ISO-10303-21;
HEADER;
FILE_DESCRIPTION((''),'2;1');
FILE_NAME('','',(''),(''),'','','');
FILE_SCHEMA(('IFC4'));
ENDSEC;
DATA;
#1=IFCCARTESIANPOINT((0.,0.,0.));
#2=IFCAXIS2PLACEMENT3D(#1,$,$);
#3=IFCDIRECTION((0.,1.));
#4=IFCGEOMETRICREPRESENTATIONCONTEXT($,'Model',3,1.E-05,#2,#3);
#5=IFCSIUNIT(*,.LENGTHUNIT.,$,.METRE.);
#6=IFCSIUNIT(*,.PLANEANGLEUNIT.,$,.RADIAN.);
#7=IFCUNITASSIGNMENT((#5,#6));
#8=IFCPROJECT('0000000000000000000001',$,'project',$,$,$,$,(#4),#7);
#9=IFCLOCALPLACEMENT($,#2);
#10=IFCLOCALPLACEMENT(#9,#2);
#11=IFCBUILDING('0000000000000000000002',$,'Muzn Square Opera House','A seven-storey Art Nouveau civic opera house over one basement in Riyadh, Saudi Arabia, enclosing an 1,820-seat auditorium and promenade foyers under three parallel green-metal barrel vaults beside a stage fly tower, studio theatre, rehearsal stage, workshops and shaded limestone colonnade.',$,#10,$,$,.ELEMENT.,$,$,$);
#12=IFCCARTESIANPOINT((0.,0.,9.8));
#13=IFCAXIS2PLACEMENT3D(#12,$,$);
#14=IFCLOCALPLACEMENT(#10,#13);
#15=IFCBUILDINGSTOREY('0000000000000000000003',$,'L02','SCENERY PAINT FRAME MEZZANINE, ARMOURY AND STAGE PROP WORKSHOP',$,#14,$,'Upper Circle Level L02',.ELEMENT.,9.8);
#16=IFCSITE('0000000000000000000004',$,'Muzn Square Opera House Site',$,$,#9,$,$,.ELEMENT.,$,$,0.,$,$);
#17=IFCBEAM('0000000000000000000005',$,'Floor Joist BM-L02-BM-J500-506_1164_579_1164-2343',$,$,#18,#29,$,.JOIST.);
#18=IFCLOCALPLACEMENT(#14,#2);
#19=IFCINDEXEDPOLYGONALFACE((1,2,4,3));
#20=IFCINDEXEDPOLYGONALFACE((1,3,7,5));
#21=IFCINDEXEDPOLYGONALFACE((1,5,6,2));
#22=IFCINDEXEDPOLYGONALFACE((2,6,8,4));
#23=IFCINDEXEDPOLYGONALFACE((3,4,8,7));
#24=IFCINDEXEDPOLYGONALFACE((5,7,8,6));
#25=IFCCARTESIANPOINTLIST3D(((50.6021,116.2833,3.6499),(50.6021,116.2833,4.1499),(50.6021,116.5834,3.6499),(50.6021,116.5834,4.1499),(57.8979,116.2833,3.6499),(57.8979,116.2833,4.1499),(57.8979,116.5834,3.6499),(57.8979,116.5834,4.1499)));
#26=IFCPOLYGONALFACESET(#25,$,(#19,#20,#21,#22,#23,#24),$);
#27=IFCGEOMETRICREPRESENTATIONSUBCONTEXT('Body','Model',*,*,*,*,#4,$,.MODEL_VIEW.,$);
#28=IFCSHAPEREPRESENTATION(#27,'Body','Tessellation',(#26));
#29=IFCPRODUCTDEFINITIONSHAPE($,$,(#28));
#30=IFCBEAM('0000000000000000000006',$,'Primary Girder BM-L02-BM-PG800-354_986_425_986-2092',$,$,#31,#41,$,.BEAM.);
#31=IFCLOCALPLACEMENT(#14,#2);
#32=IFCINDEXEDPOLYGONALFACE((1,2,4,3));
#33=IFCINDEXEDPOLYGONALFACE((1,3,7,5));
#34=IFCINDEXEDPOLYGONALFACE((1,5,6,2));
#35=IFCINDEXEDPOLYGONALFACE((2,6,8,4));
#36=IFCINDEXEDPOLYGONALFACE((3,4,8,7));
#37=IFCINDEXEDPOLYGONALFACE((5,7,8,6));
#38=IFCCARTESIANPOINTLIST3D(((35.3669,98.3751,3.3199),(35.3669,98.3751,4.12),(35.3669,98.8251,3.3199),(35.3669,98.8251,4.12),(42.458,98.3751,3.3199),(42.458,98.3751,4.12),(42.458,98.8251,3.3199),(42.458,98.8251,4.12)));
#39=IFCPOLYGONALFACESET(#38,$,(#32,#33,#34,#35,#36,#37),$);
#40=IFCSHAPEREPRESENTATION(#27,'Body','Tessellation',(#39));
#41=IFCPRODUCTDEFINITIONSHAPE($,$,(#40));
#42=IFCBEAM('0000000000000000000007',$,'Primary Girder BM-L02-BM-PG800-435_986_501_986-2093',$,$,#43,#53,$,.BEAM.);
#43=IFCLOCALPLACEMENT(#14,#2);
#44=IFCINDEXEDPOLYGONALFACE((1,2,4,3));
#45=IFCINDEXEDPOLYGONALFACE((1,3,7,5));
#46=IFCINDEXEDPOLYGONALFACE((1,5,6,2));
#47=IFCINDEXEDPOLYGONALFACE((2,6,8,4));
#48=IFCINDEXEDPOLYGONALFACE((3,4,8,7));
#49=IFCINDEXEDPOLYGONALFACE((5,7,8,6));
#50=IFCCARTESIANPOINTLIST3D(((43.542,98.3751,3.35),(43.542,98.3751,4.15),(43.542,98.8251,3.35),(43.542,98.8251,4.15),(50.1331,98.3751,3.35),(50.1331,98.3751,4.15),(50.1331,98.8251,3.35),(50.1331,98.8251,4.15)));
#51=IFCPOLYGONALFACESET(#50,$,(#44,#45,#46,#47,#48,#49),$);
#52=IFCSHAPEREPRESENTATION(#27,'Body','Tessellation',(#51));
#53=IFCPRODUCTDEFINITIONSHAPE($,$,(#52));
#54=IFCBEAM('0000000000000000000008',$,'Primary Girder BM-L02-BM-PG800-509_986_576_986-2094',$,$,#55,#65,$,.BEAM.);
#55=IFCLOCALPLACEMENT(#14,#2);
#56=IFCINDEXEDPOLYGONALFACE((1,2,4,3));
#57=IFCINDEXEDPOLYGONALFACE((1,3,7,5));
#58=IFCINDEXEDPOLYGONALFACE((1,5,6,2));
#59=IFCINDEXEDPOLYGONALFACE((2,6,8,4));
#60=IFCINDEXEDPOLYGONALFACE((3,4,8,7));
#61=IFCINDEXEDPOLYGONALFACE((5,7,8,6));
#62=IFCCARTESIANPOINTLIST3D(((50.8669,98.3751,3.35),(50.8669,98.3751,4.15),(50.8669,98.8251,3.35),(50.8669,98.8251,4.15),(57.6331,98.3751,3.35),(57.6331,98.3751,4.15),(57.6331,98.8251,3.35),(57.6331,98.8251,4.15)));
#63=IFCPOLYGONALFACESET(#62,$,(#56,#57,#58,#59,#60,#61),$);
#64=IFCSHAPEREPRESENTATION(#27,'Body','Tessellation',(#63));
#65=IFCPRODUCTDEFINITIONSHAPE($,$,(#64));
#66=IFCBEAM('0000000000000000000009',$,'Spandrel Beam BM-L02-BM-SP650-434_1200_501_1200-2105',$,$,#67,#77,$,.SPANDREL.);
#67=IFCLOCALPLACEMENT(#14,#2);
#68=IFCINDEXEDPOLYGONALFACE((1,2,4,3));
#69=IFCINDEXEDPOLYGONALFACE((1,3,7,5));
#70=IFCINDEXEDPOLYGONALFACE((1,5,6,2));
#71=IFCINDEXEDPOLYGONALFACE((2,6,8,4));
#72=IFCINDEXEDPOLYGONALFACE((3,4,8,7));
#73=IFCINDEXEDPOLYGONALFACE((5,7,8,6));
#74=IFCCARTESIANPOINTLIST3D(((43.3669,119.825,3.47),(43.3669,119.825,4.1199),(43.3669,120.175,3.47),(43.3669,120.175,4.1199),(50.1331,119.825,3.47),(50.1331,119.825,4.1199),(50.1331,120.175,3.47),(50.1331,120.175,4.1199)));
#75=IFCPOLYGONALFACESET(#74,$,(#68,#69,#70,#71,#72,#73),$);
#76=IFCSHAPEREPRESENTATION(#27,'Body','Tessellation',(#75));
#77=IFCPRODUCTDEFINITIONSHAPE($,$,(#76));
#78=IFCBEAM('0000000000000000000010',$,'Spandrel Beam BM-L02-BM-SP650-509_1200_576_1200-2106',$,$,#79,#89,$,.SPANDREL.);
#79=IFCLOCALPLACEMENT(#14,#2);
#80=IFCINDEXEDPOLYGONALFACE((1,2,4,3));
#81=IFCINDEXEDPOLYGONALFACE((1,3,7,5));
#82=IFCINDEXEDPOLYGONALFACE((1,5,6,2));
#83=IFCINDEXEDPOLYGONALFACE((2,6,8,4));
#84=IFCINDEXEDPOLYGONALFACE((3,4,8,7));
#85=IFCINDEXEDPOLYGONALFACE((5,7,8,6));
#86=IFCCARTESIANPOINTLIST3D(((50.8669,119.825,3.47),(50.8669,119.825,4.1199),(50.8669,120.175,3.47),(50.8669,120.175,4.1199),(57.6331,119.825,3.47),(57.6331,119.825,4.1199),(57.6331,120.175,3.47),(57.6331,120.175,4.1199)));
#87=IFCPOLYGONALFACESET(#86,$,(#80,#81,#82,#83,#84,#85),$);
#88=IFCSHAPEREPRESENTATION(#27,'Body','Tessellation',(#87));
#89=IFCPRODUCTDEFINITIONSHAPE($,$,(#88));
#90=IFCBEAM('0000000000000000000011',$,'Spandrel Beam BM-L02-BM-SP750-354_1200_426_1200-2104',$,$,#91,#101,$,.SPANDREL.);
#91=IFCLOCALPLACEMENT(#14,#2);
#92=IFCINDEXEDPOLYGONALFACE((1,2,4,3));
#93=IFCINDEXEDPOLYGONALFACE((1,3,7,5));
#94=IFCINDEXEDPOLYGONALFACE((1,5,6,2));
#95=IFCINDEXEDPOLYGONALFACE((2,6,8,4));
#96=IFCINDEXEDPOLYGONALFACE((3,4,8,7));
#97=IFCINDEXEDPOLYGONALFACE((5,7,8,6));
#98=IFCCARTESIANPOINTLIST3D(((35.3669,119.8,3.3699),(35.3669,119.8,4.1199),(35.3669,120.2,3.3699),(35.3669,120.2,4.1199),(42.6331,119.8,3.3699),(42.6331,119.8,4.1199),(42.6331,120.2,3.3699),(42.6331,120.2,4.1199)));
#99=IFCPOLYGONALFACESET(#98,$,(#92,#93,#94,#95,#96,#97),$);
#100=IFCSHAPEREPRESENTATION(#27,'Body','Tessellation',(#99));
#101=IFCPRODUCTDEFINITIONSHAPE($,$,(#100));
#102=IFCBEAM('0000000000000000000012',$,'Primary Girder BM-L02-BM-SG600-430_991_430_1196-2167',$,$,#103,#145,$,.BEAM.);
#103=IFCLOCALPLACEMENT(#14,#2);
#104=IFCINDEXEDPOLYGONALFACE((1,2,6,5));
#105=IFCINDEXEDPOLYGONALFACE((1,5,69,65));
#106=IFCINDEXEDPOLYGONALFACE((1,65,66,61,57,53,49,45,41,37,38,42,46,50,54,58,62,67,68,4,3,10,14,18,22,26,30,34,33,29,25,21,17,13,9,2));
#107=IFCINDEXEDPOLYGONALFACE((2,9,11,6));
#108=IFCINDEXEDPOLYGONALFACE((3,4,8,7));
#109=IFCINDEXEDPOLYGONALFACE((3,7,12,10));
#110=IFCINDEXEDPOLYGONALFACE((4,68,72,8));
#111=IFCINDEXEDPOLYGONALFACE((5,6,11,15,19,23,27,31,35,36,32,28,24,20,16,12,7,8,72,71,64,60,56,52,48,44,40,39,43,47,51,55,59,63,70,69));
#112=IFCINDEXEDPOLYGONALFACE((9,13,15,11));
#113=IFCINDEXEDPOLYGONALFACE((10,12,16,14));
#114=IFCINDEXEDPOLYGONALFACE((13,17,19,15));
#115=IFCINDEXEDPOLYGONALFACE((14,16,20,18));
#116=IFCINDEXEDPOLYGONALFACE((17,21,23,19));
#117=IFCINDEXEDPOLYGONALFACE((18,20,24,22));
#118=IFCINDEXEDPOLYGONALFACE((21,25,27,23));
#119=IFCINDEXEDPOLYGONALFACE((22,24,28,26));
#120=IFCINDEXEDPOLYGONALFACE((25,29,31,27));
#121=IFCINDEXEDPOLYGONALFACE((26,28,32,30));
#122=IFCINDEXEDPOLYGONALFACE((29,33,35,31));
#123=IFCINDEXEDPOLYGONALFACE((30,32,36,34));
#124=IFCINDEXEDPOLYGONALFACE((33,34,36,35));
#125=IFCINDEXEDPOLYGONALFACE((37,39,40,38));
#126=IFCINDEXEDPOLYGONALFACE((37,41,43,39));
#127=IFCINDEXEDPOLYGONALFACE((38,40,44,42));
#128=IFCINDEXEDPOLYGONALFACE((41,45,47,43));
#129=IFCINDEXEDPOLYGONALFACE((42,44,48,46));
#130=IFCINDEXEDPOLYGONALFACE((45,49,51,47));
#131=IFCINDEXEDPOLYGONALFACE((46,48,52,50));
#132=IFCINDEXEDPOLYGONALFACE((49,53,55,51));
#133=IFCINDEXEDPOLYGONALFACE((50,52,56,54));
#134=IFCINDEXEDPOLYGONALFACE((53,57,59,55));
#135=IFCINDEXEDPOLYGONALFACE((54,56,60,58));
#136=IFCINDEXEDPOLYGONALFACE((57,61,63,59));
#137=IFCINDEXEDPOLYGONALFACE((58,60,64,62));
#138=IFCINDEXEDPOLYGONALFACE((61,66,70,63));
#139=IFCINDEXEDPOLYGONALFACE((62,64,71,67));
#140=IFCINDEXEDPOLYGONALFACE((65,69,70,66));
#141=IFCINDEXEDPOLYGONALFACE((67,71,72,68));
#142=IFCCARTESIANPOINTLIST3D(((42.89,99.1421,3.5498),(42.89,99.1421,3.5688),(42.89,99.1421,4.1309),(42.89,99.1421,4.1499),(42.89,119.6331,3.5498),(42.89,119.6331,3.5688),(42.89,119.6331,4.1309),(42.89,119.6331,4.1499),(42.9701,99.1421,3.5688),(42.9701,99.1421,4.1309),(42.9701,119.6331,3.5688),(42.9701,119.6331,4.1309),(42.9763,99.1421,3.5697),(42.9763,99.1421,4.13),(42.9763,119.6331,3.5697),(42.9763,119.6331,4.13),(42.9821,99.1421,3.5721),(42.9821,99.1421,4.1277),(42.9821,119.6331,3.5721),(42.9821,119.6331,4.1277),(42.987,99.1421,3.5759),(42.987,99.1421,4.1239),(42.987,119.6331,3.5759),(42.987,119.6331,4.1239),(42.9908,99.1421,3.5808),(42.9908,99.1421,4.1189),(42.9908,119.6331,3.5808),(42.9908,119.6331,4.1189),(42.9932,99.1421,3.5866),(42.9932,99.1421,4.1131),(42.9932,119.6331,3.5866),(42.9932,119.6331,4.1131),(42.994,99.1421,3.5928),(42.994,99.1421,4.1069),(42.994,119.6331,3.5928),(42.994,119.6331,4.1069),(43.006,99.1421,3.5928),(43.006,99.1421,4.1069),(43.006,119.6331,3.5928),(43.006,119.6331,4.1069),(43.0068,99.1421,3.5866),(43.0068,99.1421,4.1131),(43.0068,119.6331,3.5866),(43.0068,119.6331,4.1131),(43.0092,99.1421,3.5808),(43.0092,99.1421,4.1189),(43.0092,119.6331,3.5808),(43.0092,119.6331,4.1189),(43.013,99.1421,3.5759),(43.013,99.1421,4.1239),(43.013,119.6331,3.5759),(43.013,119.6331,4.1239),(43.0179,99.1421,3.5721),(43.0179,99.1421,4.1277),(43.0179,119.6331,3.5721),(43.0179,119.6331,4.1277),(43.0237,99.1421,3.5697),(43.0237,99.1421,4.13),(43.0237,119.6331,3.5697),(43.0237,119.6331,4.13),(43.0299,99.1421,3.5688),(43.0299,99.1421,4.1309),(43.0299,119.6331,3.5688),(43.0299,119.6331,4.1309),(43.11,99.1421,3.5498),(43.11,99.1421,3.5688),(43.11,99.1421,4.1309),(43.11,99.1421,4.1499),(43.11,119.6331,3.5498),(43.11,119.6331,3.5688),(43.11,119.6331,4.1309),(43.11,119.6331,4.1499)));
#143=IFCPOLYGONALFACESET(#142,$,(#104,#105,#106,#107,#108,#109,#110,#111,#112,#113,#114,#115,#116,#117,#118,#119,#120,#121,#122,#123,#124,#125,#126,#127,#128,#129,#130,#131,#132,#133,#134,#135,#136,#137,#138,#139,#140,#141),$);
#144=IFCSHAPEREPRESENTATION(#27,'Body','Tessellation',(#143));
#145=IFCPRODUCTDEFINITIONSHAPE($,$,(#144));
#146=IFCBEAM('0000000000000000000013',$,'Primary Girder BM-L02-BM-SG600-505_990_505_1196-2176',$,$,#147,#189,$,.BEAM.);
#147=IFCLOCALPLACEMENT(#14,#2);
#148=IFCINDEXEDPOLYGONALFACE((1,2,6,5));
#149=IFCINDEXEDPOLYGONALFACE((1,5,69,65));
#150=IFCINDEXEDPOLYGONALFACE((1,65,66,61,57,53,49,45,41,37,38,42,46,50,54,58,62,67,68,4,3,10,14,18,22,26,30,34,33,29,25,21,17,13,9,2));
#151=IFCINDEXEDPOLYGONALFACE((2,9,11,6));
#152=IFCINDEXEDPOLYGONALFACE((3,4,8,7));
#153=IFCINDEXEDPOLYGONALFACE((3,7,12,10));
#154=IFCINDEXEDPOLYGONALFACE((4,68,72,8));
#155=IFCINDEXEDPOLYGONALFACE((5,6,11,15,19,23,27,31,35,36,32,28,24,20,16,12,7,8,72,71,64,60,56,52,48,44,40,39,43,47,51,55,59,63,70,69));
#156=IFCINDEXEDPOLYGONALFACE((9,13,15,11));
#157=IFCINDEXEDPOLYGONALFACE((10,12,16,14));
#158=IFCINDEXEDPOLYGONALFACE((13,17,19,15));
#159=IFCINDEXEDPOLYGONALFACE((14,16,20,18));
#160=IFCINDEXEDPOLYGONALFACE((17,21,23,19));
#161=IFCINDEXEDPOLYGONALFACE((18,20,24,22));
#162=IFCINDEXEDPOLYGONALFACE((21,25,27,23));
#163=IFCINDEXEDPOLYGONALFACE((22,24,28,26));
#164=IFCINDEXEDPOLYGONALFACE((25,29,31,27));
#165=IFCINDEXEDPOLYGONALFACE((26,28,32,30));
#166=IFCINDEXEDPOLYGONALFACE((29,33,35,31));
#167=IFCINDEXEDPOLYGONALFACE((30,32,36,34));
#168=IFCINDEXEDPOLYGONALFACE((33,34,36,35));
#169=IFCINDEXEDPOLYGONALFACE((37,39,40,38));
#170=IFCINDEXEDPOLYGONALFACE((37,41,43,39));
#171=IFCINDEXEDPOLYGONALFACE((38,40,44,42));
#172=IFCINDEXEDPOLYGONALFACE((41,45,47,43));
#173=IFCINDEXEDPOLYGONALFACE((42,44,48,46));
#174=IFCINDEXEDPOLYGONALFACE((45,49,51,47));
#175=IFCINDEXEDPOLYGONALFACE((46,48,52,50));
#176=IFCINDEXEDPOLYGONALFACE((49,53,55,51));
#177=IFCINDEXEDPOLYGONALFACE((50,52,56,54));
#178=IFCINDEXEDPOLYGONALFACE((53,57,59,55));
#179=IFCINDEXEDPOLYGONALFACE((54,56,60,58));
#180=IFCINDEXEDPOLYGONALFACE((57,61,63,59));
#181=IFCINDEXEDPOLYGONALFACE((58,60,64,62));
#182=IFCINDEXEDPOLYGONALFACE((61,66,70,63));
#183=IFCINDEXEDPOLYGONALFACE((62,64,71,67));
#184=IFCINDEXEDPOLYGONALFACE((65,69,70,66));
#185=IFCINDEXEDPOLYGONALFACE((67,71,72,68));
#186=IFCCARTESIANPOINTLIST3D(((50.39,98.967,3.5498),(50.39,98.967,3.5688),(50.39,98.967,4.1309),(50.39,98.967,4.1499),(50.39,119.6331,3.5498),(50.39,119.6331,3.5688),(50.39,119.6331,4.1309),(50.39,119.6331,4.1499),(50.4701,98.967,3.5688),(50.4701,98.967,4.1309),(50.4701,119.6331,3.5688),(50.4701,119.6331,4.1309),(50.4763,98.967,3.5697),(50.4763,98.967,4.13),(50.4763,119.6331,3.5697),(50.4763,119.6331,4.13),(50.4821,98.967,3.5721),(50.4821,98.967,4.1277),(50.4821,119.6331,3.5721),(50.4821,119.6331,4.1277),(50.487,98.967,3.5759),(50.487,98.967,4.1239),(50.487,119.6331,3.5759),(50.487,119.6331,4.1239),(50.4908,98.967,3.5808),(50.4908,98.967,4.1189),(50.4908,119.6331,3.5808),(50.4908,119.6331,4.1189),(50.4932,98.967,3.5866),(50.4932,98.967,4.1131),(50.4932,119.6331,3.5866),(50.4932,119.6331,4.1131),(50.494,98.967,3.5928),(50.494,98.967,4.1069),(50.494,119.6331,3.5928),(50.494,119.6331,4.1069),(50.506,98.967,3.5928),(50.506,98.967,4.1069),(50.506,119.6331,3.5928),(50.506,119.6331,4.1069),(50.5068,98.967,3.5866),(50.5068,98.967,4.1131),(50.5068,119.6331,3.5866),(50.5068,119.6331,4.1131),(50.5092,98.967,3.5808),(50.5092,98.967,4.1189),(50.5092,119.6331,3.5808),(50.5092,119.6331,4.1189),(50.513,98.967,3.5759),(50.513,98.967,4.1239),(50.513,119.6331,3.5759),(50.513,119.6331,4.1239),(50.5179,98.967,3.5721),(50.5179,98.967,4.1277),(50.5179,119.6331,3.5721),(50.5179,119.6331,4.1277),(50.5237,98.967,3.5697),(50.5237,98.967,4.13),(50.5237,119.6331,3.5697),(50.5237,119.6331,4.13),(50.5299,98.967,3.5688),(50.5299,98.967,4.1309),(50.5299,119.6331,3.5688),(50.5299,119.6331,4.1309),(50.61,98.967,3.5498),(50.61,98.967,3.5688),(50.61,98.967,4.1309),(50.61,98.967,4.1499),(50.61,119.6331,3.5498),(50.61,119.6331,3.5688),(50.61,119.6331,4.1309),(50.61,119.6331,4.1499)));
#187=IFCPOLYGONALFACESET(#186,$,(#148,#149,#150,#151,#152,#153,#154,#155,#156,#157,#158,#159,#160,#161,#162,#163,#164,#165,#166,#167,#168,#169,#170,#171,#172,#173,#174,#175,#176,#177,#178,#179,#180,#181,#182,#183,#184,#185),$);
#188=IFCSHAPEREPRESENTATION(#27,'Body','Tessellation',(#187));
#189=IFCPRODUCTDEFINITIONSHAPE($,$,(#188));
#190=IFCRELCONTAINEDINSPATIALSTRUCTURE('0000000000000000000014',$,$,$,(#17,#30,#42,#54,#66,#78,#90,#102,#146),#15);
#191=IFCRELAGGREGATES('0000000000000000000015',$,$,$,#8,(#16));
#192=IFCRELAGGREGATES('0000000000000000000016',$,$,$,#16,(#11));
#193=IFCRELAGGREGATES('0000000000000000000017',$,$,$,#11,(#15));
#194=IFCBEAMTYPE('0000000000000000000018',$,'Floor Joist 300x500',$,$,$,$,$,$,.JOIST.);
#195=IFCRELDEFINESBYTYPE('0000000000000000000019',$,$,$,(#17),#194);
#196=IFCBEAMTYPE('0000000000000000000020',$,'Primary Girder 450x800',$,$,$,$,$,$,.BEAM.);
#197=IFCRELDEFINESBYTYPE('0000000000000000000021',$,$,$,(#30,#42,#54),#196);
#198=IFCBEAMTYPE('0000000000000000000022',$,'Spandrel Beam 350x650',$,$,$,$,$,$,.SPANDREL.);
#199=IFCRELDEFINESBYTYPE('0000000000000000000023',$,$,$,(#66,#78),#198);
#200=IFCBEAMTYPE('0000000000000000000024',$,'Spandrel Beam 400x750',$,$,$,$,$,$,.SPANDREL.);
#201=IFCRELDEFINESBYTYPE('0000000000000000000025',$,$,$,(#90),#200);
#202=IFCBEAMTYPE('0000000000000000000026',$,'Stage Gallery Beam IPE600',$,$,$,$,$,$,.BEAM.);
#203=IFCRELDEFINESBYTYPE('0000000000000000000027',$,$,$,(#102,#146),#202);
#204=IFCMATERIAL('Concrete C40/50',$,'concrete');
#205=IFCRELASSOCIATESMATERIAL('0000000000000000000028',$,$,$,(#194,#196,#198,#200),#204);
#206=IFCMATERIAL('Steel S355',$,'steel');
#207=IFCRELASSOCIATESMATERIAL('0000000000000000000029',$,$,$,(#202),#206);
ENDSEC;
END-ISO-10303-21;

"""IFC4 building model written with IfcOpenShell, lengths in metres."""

from ifc_helpers import new_model, si_unit, direction, frame, origin, origin_2d, place, context, subcontext, project, spatial, rectangle, i_section, extrude, material, material_profile, profile_set, type_object, element, save


model = new_model("IFC4")

# Units and contexts
model_context = context("Model", 3, precision=1e-05, world=origin(), true_north=direction((0.0, 1.0)))
body_context = subcontext(model_context, "Body", "Model", "MODEL_VIEW")
ifc_project = project(units=[si_unit("LENGTHUNIT", "METRE"), si_unit("PLANEANGLEUNIT", "RADIAN")], contexts=[model_context])

# Site, building, storey
site_placement = place(None, origin())
site = spatial("IfcSite", under=ifc_project, at=site_placement, Name="Muzn Square Opera House Site", CompositionType="ELEMENT", RefElevation=0.0)
building_placement = place(site_placement, origin())
building = spatial("IfcBuilding", under=site, at=building_placement, Name="Muzn Square Opera House", Description="A seven-storey Art Nouveau civic opera house over one basement in Riyadh, Saudi Arabia, enclosing an 1,820-seat auditorium and promenade foyers under three parallel green-metal barrel vaults beside a stage fly tower, studio theatre, rehearsal stage, workshops and shaded limestone colonnade.", CompositionType="ELEMENT")
storey_placement = place(building_placement, frame((0.0, 0.0, 9.8)))
storey = spatial("IfcBuildingStorey", under=building, at=storey_placement, Name="L02", Description="SCENERY PAINT FRAME MEZZANINE, ARMOURY AND STAGE PROP WORKSHOP", LongName="Upper Circle Level L02", CompositionType="ELEMENT", Elevation=9.8)

# Beams
ifc_material_1 = material(Name="Concrete C40/50", Category="concrete")
ifc_material_profile_1 = material_profile(ifc_material_1, rectangle(XDim=0.3, YDim=0.5, at=origin_2d()), Name="RCJ 300x500", Category="concrete")
ifc_profile_set_1 = profile_set([ifc_material_profile_1], Name="Concrete C40/50")
beam_type_1 = type_object("IfcBeamType", Name="Floor Joist 300x500", PredefinedType="JOIST", material=ifc_profile_set_1)
for number, where, z_axis, x_axis, name in (
    (1, (50.6021, 116.4333, 3.8999), (1.0, 0.0, 0.0), (0.0, 1.0, 0.0), "Floor Joist BM-L02-BM-J500-506_1164_579_1164-2343"),
):
    element("IfcBeam", number, at=place(storey_placement, frame(where, z_axis=z_axis, x_axis=x_axis)), inside=storey, type_object=beam_type_1, Name=name, PredefinedType="JOIST", context=body_context, shape_type="SweptSolid", body=[
        extrude(rectangle(XDim=0.3, YDim=0.5, at=origin_2d()), origin(), (0.0, 0.0, 1.0), 7.2959),
    ])
ifc_material_profile_2 = material_profile(ifc_material_1, rectangle(XDim=0.45, YDim=0.8, at=origin_2d()), Name="RCB 450x800", Category="concrete")
ifc_profile_set_2 = profile_set([ifc_material_profile_2], Name="Concrete C40/50")
beam_type_2 = type_object("IfcBeamType", Name="Primary Girder 450x800", PredefinedType="BEAM", material=ifc_profile_set_2)
beam_1_placement = place(storey_placement, frame((35.3669, 98.6001, 3.72), z_axis=(1.0, 0.0, 0.0), x_axis=(0.0, 1.0, 0.0)))
element("IfcBeam", 2, at=beam_1_placement, inside=storey, type_object=beam_type_2, Name="Primary Girder BM-L02-BM-PG800-354_986_425_986-2092", PredefinedType="BEAM", context=body_context, shape_type="SweptSolid", body=[
    extrude(rectangle(XDim=0.45, YDim=0.8, at=origin_2d()), origin(), (0.0, 0.0, 1.0), 7.0911),
])
beam_2_placement = place(storey_placement, frame((43.542, 98.6001, 3.75), z_axis=(1.0, 0.0, 0.0), x_axis=(0.0, 1.0, 0.0)))
element("IfcBeam", 3, at=beam_2_placement, inside=storey, type_object=beam_type_2, Name="Primary Girder BM-L02-BM-PG800-435_986_501_986-2093", PredefinedType="BEAM", context=body_context, shape_type="SweptSolid", body=[
    extrude(rectangle(XDim=0.45, YDim=0.8, at=origin_2d()), origin(), (0.0, 0.0, 1.0), 6.5911),
])
beam_3_placement = place(storey_placement, frame((50.8669, 98.6001, 3.75), z_axis=(1.0, 0.0, 0.0), x_axis=(0.0, 1.0, 0.0)))
element("IfcBeam", 4, at=beam_3_placement, inside=storey, type_object=beam_type_2, Name="Primary Girder BM-L02-BM-PG800-509_986_576_986-2094", PredefinedType="BEAM", context=body_context, shape_type="SweptSolid", body=[
    extrude(rectangle(XDim=0.45, YDim=0.8, at=origin_2d()), origin(), (0.0, 0.0, 1.0), 6.7661),
])
ifc_material_profile_3 = material_profile(ifc_material_1, rectangle(XDim=0.3501, YDim=0.6499, at=origin_2d()), Name="RCS 350x650", Category="concrete")
ifc_profile_set_3 = profile_set([ifc_material_profile_3], Name="Concrete C40/50")
beam_type_3 = type_object("IfcBeamType", Name="Spandrel Beam 350x650", PredefinedType="SPANDREL", material=ifc_profile_set_3)
for number, where, z_axis, x_axis, name in (
    (5, (43.3669, 120.0, 3.7949), (1.0, 0.0, 0.0), (0.0, 1.0, 0.0), "Spandrel Beam BM-L02-BM-SP650-434_1200_501_1200-2105"),
    (6, (50.8669, 120.0, 3.7949), (1.0, 0.0, 0.0), (0.0, 1.0, 0.0), "Spandrel Beam BM-L02-BM-SP650-509_1200_576_1200-2106"),
):
    element("IfcBeam", number, at=place(storey_placement, frame(where, z_axis=z_axis, x_axis=x_axis)), inside=storey, type_object=beam_type_3, Name=name, PredefinedType="SPANDREL", context=body_context, shape_type="SweptSolid", body=[
        extrude(rectangle(XDim=0.3501, YDim=0.6499, at=origin_2d()), origin(), (0.0, 0.0, 1.0), 6.7661),
    ])
ifc_material_profile_4 = material_profile(ifc_material_1, rectangle(XDim=0.3999, YDim=0.75, at=origin_2d()), Name="RCS 400x750", Category="concrete")
ifc_profile_set_4 = profile_set([ifc_material_profile_4], Name="Concrete C40/50")
beam_type_4 = type_object("IfcBeamType", Name="Spandrel Beam 400x750", PredefinedType="SPANDREL", material=ifc_profile_set_4)
beam_4_placement = place(storey_placement, frame((35.3669, 120.0, 3.7449), z_axis=(1.0, 0.0, 0.0), x_axis=(0.0, 1.0, 0.0)))
element("IfcBeam", 7, at=beam_4_placement, inside=storey, type_object=beam_type_4, Name="Spandrel Beam BM-L02-BM-SP750-354_1200_426_1200-2104", PredefinedType="SPANDREL", context=body_context, shape_type="SweptSolid", body=[
    extrude(rectangle(XDim=0.3999, YDim=0.75, at=origin_2d()), origin(), (0.0, 0.0, 1.0), 7.2661),
])
ifc_material_2 = material(Name="Steel S355", Category="steel")
ifc_material_profile_5 = material_profile(ifc_material_2, i_section(OverallWidth=0.22, OverallDepth=0.6001, WebThickness=0.012, FlangeThickness=0.019, FilletRadius=0.0239, at=origin_2d()), Name="IPE 600", Category="steel")
ifc_profile_set_5 = profile_set([ifc_material_profile_5], Name="Steel S355")
beam_type_5 = type_object("IfcBeamType", Name="Stage Gallery Beam IPE600", PredefinedType="BEAM", material=ifc_profile_set_5)
beam_5_placement = place(storey_placement, frame((43.0, 99.1421, 3.8499), z_axis=(0.0, 1.0, 0.0), x_axis=(-1.0, 0.0, 0.0)))
element("IfcBeam", 8, at=beam_5_placement, inside=storey, type_object=beam_type_5, Name="Primary Girder BM-L02-BM-SG600-430_991_430_1196-2167", PredefinedType="BEAM", context=body_context, shape_type="SweptSolid", body=[
    extrude(i_section(OverallWidth=0.22, OverallDepth=0.6001, WebThickness=0.012, FlangeThickness=0.019, FilletRadius=0.0239, at=origin_2d()), origin(), (0.0, 0.0, 1.0), 20.491),
])
beam_6_placement = place(storey_placement, frame((50.5, 98.967, 3.8499), z_axis=(0.0, 1.0, 0.0), x_axis=(-1.0, 0.0, 0.0)))
element("IfcBeam", 9, at=beam_6_placement, inside=storey, type_object=beam_type_5, Name="Primary Girder BM-L02-BM-SG600-505_990_505_1196-2176", PredefinedType="BEAM", context=body_context, shape_type="SweptSolid", body=[
    extrude(i_section(OverallWidth=0.22, OverallDepth=0.6001, WebThickness=0.012, FlangeThickness=0.019, FilletRadius=0.0239, at=origin_2d()), origin(), (0.0, 0.0, 1.0), 20.666),
])

save(model, "model.ifc")
